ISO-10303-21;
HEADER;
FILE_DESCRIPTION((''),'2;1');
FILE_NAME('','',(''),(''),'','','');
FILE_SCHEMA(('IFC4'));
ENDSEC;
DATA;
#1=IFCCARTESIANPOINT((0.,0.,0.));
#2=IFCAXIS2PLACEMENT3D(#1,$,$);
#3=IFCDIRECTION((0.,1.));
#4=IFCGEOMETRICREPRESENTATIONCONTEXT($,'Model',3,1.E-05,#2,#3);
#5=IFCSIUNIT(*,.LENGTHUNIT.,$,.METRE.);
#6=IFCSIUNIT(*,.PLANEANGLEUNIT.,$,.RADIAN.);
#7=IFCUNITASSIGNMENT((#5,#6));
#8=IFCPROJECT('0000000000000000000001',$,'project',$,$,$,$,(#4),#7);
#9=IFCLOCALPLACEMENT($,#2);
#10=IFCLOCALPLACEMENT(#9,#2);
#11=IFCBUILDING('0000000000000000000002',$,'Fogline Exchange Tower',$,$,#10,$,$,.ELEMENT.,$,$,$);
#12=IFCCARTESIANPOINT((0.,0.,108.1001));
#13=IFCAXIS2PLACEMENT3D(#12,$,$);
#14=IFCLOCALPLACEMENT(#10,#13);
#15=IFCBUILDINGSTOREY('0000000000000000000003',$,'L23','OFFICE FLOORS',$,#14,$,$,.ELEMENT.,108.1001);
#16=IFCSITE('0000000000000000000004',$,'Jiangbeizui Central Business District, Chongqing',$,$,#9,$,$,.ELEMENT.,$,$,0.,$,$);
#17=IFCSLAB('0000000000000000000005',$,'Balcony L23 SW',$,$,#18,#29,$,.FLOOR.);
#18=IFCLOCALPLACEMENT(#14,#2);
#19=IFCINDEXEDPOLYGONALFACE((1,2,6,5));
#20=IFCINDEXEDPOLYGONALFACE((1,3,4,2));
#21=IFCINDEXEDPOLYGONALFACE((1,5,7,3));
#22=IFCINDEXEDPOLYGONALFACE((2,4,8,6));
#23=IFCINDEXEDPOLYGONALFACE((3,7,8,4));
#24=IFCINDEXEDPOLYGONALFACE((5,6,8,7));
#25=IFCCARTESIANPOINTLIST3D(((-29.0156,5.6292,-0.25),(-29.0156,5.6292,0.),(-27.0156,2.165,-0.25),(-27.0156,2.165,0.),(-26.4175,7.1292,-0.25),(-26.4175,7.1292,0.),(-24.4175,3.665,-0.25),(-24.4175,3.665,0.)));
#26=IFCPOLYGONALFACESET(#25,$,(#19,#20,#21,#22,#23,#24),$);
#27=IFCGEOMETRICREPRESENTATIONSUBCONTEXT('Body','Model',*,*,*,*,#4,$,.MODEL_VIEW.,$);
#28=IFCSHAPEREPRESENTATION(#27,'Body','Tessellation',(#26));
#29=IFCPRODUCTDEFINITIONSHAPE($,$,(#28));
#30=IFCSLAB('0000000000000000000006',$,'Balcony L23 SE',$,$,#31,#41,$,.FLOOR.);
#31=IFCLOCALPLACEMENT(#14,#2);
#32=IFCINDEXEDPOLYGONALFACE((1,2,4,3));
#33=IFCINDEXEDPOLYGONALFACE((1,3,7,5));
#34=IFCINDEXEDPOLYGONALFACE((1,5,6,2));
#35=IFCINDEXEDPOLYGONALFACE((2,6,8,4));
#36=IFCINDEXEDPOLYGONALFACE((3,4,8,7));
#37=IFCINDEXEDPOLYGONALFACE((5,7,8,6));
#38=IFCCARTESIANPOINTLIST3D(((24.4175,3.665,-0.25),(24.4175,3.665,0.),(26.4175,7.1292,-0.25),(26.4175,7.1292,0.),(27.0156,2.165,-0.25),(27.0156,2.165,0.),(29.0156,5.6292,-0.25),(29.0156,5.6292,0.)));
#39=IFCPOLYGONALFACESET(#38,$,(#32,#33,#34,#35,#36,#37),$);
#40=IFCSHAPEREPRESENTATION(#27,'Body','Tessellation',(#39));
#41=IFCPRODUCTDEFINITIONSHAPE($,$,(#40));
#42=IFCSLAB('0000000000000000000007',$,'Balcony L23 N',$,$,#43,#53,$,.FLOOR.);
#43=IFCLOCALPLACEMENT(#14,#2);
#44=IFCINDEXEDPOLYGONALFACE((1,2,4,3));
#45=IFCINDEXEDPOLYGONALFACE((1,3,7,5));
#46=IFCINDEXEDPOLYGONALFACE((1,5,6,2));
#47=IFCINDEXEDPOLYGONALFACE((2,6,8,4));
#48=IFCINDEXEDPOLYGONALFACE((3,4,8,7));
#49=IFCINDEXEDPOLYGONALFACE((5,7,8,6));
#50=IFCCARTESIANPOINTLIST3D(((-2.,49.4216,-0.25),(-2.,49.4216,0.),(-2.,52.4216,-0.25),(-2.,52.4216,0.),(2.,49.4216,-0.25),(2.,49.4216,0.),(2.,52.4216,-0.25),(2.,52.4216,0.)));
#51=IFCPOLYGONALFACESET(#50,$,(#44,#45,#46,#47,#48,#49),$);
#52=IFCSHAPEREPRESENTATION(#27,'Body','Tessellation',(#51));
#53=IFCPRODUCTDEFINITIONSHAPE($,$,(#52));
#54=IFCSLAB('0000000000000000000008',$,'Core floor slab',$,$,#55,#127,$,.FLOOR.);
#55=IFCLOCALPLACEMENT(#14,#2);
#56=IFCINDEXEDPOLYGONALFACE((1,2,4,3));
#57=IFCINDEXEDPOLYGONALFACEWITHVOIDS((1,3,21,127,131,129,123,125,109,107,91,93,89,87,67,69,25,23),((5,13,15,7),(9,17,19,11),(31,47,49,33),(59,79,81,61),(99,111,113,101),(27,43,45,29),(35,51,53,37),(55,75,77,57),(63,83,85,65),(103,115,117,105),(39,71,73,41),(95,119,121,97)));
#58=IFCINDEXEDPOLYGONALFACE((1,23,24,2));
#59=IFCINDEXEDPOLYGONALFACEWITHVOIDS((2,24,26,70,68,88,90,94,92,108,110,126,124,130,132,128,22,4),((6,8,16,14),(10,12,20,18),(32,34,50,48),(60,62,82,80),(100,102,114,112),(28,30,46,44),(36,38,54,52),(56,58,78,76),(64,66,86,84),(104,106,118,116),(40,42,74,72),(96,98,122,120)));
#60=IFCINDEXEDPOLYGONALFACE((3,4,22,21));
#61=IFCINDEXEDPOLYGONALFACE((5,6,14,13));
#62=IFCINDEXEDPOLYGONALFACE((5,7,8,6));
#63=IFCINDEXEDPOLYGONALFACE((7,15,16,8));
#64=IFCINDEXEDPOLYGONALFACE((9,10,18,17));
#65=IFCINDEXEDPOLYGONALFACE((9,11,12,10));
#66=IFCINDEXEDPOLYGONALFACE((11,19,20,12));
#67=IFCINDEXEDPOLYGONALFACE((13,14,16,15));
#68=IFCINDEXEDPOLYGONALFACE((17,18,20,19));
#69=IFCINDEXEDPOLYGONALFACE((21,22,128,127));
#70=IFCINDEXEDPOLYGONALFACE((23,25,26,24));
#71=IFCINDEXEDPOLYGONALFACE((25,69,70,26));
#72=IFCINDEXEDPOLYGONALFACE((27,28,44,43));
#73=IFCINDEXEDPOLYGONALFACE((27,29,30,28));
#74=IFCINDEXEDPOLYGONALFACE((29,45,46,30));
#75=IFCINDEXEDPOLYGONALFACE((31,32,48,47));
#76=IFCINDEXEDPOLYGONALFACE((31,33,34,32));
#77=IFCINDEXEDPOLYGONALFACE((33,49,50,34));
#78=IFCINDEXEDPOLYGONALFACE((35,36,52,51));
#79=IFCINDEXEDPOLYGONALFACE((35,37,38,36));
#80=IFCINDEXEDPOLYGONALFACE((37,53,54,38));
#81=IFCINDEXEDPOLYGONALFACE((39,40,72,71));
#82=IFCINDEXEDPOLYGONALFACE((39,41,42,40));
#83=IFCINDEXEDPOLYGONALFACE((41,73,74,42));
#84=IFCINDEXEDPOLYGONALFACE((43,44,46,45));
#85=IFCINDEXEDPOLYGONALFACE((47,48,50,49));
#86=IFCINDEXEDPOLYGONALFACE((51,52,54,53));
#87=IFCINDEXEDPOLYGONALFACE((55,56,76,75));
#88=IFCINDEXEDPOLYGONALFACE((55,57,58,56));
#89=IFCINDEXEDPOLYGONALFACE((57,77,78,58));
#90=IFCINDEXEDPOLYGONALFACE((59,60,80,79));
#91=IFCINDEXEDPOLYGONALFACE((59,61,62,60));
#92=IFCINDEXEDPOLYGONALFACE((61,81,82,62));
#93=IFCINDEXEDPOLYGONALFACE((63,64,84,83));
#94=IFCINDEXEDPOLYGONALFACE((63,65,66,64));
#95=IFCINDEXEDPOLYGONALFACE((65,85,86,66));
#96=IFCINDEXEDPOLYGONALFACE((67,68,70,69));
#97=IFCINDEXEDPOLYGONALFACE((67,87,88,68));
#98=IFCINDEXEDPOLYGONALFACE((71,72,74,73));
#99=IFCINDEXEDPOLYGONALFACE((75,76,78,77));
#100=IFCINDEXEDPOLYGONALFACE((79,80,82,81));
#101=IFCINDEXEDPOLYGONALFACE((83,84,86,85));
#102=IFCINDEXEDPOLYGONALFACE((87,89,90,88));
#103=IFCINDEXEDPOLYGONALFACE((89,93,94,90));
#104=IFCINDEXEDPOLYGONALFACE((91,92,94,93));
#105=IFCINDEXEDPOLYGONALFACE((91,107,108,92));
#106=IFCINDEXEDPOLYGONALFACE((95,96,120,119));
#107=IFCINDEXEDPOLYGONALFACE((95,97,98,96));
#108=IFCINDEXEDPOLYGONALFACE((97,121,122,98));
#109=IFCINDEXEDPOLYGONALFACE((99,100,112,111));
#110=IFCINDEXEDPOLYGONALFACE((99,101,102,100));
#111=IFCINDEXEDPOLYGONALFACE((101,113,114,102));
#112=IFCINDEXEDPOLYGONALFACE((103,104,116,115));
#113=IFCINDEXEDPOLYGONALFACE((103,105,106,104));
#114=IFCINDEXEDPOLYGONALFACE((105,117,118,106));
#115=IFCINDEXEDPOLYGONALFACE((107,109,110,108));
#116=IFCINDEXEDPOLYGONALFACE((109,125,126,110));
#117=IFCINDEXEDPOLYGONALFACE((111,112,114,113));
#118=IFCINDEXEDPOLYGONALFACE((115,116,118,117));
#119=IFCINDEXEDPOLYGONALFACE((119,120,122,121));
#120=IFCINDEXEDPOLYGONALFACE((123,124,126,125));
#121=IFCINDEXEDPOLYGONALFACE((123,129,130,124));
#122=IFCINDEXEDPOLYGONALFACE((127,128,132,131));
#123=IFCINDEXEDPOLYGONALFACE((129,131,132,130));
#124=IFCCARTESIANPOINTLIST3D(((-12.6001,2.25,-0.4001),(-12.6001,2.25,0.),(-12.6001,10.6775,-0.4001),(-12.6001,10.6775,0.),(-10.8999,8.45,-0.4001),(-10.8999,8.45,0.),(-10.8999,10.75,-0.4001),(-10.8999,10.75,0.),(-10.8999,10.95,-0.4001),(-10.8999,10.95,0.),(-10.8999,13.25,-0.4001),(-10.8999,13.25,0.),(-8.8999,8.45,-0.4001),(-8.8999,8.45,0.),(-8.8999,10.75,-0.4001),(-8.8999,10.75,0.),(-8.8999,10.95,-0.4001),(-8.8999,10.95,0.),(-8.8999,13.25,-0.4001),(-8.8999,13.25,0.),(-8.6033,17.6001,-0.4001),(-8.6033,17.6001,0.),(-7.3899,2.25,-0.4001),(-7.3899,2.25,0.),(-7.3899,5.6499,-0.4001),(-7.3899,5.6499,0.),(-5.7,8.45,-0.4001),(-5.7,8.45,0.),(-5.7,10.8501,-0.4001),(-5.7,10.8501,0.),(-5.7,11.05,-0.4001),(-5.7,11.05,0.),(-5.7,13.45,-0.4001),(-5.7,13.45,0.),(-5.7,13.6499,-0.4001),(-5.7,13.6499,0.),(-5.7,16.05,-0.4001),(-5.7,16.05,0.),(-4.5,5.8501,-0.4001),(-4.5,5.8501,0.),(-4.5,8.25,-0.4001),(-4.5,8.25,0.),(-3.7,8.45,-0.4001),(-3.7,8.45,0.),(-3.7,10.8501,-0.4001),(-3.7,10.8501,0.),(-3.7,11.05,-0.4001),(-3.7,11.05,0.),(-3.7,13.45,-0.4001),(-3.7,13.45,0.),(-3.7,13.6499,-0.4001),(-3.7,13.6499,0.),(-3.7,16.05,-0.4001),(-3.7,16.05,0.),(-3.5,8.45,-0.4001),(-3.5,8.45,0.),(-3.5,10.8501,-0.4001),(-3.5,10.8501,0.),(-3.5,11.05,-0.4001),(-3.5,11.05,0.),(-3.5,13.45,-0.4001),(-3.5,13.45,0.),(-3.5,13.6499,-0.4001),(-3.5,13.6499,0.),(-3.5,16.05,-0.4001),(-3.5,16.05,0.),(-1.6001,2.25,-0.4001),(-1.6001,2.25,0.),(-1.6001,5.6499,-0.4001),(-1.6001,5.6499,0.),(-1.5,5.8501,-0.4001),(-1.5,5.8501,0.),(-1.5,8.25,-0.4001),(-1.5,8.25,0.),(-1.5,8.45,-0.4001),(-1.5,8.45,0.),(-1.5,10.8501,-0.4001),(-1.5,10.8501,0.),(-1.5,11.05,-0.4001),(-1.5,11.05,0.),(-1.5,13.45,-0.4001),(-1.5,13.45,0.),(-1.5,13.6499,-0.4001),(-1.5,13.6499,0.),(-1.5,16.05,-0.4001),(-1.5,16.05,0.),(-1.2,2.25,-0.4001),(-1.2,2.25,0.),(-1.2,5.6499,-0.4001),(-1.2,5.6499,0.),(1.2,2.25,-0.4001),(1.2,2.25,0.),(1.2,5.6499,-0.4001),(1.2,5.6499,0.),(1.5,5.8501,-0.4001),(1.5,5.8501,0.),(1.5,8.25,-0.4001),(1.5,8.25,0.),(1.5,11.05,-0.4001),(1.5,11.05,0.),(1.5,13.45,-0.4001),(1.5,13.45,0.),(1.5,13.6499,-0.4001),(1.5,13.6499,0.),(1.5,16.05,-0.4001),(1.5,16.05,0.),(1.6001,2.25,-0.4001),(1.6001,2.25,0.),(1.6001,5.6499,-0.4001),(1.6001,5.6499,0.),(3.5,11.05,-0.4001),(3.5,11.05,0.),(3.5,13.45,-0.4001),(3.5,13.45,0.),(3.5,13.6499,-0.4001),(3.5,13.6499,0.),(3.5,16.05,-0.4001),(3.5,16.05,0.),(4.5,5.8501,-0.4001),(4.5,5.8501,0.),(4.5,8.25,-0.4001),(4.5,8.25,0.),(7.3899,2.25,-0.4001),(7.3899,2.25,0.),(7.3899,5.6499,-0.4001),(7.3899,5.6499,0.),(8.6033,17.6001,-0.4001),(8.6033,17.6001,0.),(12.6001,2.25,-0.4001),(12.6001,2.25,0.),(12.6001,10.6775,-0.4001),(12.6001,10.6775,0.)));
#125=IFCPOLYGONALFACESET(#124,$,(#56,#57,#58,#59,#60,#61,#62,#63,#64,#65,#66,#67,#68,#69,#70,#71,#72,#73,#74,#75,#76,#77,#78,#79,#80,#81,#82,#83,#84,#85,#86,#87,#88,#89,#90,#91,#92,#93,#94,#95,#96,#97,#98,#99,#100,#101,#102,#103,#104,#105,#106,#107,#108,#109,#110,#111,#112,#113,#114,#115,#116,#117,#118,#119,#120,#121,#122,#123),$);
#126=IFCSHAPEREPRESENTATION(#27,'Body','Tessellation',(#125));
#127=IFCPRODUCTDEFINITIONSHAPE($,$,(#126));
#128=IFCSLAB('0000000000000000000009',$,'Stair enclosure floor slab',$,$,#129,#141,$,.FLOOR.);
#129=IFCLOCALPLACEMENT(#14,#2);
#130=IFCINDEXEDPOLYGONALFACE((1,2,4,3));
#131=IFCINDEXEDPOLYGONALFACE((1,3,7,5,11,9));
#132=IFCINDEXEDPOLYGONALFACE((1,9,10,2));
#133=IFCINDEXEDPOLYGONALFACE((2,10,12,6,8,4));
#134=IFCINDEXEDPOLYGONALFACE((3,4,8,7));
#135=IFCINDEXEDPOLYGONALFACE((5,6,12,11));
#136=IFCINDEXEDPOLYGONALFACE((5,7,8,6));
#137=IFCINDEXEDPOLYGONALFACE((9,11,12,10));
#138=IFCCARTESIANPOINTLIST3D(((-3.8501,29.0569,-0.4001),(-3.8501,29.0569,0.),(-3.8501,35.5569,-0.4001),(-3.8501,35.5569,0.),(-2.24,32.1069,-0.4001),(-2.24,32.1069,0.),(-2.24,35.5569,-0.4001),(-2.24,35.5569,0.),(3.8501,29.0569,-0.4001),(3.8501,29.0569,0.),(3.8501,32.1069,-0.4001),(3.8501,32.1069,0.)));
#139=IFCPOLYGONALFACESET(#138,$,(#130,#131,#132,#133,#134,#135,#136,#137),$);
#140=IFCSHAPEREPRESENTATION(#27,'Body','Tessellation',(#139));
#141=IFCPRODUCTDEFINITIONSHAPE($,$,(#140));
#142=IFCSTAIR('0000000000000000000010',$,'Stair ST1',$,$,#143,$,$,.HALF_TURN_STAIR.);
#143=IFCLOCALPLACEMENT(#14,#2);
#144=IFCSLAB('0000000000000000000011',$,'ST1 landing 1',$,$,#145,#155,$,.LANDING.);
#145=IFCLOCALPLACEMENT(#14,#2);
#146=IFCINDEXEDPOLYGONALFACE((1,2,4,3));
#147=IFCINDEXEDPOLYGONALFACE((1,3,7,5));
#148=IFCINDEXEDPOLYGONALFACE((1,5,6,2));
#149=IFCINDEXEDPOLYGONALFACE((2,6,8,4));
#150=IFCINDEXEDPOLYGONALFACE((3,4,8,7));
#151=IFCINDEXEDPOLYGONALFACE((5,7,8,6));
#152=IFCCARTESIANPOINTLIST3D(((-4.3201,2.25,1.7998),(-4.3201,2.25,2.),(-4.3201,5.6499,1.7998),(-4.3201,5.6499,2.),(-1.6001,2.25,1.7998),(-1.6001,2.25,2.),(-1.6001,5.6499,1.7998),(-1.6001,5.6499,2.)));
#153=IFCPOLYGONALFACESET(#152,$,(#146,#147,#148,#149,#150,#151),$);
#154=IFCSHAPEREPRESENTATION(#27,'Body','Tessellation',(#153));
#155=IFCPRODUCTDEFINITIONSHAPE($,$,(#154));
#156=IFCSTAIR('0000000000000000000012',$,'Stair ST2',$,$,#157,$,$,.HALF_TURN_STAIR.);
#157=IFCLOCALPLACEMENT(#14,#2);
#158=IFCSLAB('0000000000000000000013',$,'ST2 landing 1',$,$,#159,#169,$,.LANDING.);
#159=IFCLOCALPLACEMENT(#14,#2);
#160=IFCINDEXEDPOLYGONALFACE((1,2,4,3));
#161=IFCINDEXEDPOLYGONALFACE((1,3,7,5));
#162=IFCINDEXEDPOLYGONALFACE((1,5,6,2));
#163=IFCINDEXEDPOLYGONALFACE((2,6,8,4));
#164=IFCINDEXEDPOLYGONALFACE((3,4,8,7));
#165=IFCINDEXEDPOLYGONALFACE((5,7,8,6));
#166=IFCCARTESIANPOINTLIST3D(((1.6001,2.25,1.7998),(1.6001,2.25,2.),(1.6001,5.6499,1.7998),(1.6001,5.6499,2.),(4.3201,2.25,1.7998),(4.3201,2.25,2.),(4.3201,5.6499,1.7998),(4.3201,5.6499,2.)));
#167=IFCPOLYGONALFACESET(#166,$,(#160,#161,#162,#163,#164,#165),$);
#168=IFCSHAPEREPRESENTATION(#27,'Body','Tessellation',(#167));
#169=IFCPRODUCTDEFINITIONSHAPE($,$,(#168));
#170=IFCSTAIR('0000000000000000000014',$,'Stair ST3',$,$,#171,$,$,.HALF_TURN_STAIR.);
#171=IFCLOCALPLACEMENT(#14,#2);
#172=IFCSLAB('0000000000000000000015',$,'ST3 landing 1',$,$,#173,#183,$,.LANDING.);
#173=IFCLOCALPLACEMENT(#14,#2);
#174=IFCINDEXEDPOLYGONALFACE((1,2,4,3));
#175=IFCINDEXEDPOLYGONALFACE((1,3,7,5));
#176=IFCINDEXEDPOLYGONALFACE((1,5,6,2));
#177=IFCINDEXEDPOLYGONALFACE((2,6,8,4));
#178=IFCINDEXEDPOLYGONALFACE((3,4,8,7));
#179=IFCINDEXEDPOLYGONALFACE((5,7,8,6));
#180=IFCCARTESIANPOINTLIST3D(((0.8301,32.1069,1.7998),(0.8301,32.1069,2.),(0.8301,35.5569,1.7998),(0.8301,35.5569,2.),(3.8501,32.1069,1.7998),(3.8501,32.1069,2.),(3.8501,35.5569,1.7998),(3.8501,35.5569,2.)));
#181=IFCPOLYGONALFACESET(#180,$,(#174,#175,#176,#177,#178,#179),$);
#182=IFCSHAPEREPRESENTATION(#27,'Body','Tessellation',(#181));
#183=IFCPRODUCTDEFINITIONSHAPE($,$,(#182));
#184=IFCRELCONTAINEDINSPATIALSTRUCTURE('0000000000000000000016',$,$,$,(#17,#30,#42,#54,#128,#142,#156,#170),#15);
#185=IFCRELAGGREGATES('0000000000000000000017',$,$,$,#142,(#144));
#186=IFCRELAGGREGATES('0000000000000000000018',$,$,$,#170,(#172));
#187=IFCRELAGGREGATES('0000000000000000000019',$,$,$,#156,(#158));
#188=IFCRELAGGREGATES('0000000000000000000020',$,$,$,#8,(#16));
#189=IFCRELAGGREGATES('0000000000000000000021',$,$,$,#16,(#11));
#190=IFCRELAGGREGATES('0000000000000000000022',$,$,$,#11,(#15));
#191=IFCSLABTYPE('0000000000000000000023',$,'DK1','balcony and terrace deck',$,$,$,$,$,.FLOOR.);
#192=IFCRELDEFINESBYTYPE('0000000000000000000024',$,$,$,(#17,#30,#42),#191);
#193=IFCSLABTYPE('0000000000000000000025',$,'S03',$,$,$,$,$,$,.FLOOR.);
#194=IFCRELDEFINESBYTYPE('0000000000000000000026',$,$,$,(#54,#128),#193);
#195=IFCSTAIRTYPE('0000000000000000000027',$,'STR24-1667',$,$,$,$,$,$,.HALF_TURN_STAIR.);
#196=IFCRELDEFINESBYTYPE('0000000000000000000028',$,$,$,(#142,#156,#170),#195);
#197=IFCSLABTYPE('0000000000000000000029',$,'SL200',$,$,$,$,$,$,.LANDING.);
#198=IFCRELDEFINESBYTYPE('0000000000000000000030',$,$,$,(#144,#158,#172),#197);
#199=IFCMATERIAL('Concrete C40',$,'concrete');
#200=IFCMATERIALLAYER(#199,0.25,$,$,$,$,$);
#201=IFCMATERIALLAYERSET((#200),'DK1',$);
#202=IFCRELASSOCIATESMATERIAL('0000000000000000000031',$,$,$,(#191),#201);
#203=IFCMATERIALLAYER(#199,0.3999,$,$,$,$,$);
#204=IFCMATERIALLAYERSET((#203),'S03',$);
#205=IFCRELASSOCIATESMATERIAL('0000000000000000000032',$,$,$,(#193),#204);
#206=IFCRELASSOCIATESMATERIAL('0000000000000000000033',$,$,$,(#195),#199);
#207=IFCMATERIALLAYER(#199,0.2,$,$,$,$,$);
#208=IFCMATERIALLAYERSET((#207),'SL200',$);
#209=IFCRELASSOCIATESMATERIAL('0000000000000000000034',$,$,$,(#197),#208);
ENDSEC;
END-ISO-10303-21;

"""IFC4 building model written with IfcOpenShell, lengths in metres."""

from ifc_helpers import new_model, si_unit, direction, frame, origin, place, context, subcontext, project, spatial, polyline, outline, extrude, material, layer, layer_set, type_object, element, aggregate, save


model = new_model("IFC4")

# Units and contexts
model_context = context("Model", 3, precision=1e-05, world=origin(), true_north=direction((0.0, 1.0)))
body_context = subcontext(model_context, "Body", "Model", "MODEL_VIEW")
ifc_project = project(units=[si_unit("LENGTHUNIT", "METRE"), si_unit("PLANEANGLEUNIT", "RADIAN")], contexts=[model_context])

# Site, building, storey
site_placement = place(None, origin())
site = spatial("IfcSite", under=ifc_project, at=site_placement, Name="Jiangbeizui Central Business District, Chongqing", CompositionType="ELEMENT", RefElevation=0.0)
building_placement = place(site_placement, origin())
building = spatial("IfcBuilding", under=site, at=building_placement, Name="Fogline Exchange Tower", CompositionType="ELEMENT")
storey_placement = place(building_placement, frame((0.0, 0.0, 108.1001)))
storey = spatial("IfcBuildingStorey", under=building, at=storey_placement, Name="L23", Description="OFFICE FLOORS", CompositionType="ELEMENT", Elevation=108.1001)

# Slabs
ifc_material_1 = material(Name="Concrete C40", Category="concrete")
ifc_layer_1 = layer(ifc_material_1, 0.25)
ifc_layer_set_1 = layer_set([ifc_layer_1], Name="DK1")
slab_type_1 = type_object("IfcSlabType", Name="DK1", Description="balcony and terrace deck", PredefinedType="FLOOR", material=ifc_layer_set_1)
slab_1_placement = place(storey_placement, frame((0.0, 0.0, -0.25)))
element("IfcSlab", 1, at=slab_1_placement, inside=storey, type_object=slab_type_1, Name="Balcony L23 SW", PredefinedType="FLOOR", context=body_context, shape_type="SweptSolid", body=[
    extrude(outline(polyline([(-29.0156, 5.6292), (-27.0156, 2.165), (-24.4175, 3.665), (-26.4175, 7.1292), (-29.0156, 5.6292)])), origin(), (0.0, 0.0, 1.0), 0.25),
])
slab_2_placement = place(storey_placement, frame((0.0, 0.0, -0.25)))
element("IfcSlab", 2, at=slab_2_placement, inside=storey, type_object=slab_type_1, Name="Balcony L23 SE", PredefinedType="FLOOR", context=body_context, shape_type="SweptSolid", body=[
    extrude(outline(polyline([(27.0156, 2.165), (29.0156, 5.6292), (26.4175, 7.1292), (24.4175, 3.665), (27.0156, 2.165)])), origin(), (0.0, 0.0, 1.0), 0.25),
])
slab_3_placement = place(storey_placement, frame((0.0, 0.0, -0.25)))
element("IfcSlab", 3, at=slab_3_placement, inside=storey, type_object=slab_type_1, Name="Balcony L23 N", PredefinedType="FLOOR", context=body_context, shape_type="SweptSolid", body=[
    extrude(outline(polyline([(2.0, 52.4216), (-2.0, 52.4216), (-2.0, 49.4216), (2.0, 49.4216), (2.0, 52.4216)])), origin(), (0.0, 0.0, 1.0), 0.25),
])
ifc_layer_2 = layer(ifc_material_1, 0.3999)
ifc_layer_set_2 = layer_set([ifc_layer_2], Name="S03")
slab_type_2 = type_object("IfcSlabType", Name="S03", PredefinedType="FLOOR", material=ifc_layer_set_2)
slab_4_placement = place(storey_placement, frame((0.0, 0.0, -0.4001)))
element("IfcSlab", 4, at=slab_4_placement, inside=storey, type_object=slab_type_2, Name="Core floor slab", PredefinedType="FLOOR", context=body_context, shape_type="SweptSolid", body=[
    extrude(outline(polyline([(-12.6001, 2.25), (-12.6001, 10.6775), (-8.6033, 17.6001), (8.6033, 17.6001), (12.6001, 10.6775), (12.6001, 2.25), (7.3899, 2.25), (7.3899, 5.6499), (1.6001, 5.6499), (1.6001, 2.25), (1.2, 2.25), (1.2, 5.6499), (-1.2, 5.6499), (-1.2, 2.25), (-1.6001, 2.25), (-1.6001, 5.6499), (-7.3899, 5.6499), (-7.3899, 2.25), (-12.6001, 2.25)]), holes=[polyline([(-1.5, 8.25), (-4.5, 8.25), (-4.5, 5.8501), (-1.5, 5.8501), (-1.5, 8.25)]), polyline([(-8.8999, 10.75), (-10.8999, 10.75), (-10.8999, 8.45), (-8.8999, 8.45), (-8.8999, 10.75)]), polyline([(-3.7, 10.8501), (-5.7, 10.8501), (-5.7, 8.45), (-3.7, 8.45), (-3.7, 10.8501)]), polyline([(-1.5, 10.8501), (-3.5, 10.8501), (-3.5, 8.45), (-1.5, 8.45), (-1.5, 10.8501)]), polyline([(-8.8999, 13.25), (-10.8999, 13.25), (-10.8999, 10.95), (-8.8999, 10.95), (-8.8999, 13.25)]), polyline([(-3.7, 13.45), (-5.7, 13.45), (-5.7, 11.05), (-3.7, 11.05), (-3.7, 13.45)]), polyline([(-3.7, 16.05), (-5.7, 16.05), (-5.7, 13.6499), (-3.7, 13.6499), (-3.7, 16.05)]), polyline([(4.5, 8.25), (1.5, 8.25), (1.5, 5.8501), (4.5, 5.8501), (4.5, 8.25)]), polyline([(-1.5, 13.45), (-3.5, 13.45), (-3.5, 11.05), (-1.5, 11.05), (-1.5, 13.45)]), polyline([(3.5, 13.45), (1.5, 13.45), (1.5, 11.05), (3.5, 11.05), (3.5, 13.45)]), polyline([(-1.5, 16.05), (-3.5, 16.05), (-3.5, 13.6499), (-1.5, 13.6499), (-1.5, 16.05)]), polyline([(3.5, 16.05), (1.5, 16.05), (1.5, 13.6499), (3.5, 13.6499), (3.5, 16.05)])]), origin(), (0.0, 0.0, 1.0), 0.4001),
])
slab_5_placement = place(storey_placement, frame((0.0, 0.0, -0.4001)))
element("IfcSlab", 5, at=slab_5_placement, inside=storey, type_object=slab_type_2, Name="Stair enclosure floor slab", PredefinedType="FLOOR", context=body_context, shape_type="SweptSolid", body=[
    extrude(outline(polyline([(3.8501, 29.0569), (-3.8501, 29.0569), (-3.8501, 35.5569), (-2.24, 35.5569), (-2.24, 32.1069), (3.8501, 32.1069), (3.8501, 29.0569)])), origin(), (0.0, 0.0, 1.0), 0.4001),
])

# Stairs, slabs
stair_type = type_object("IfcStairType", Name="STR24-1667", PredefinedType="HALF_TURN_STAIR", material=ifc_material_1)
stair_1_placement = place(storey_placement, origin())
stair_1 = element("IfcStair", 6, at=stair_1_placement, inside=storey, type_object=stair_type, Name="Stair ST1", PredefinedType="HALF_TURN_STAIR")
ifc_layer_3 = layer(ifc_material_1, 0.2)
ifc_layer_set_3 = layer_set([ifc_layer_3], Name="SL200")
slab_type_3 = type_object("IfcSlabType", Name="SL200", PredefinedType="LANDING", material=ifc_layer_set_3)
slab_6_placement = place(storey_placement, frame((0.0, 0.0, 1.7998)))
slab_6 = element("IfcSlab", 7, at=slab_6_placement, type_object=slab_type_3, Name="ST1 landing 1", PredefinedType="LANDING", context=body_context, shape_type="SweptSolid", body=[
    extrude(outline(polyline([(-4.3201, 2.25), (-1.6001, 2.25), (-1.6001, 5.6499), (-4.3201, 5.6499), (-4.3201, 2.25)])), origin(), (0.0, 0.0, 1.0), 0.2002),
])
aggregate(stair_1, [slab_6])
stair_2_placement = place(storey_placement, origin())
stair_2 = element("IfcStair", 8, at=stair_2_placement, inside=storey, type_object=stair_type, Name="Stair ST2", PredefinedType="HALF_TURN_STAIR")
slab_7_placement = place(storey_placement, frame((0.0, 0.0, 1.7998)))
slab_7 = element("IfcSlab", 9, at=slab_7_placement, type_object=slab_type_3, Name="ST2 landing 1", PredefinedType="LANDING", context=body_context, shape_type="SweptSolid", body=[
    extrude(outline(polyline([(1.6001, 2.25), (4.3201, 2.25), (4.3201, 5.6499), (1.6001, 5.6499), (1.6001, 2.25)])), origin(), (0.0, 0.0, 1.0), 0.2002),
])
stair_3_placement = place(storey_placement, origin())
stair_3 = element("IfcStair", 10, at=stair_3_placement, inside=storey, type_object=stair_type, Name="Stair ST3", PredefinedType="HALF_TURN_STAIR")
slab_8_placement = place(storey_placement, frame((0.0, 0.0, 1.7998)))
slab_8 = element("IfcSlab", 11, at=slab_8_placement, type_object=slab_type_3, Name="ST3 landing 1", PredefinedType="LANDING", context=body_context, shape_type="SweptSolid", body=[
    extrude(outline(polyline([(0.8301, 32.1069), (3.8501, 32.1069), (3.8501, 35.5569), (0.8301, 35.5569), (0.8301, 32.1069)])), origin(), (0.0, 0.0, 1.0), 0.2002),
])
aggregate(stair_3, [slab_8])

aggregate(stair_2, [slab_7])

save(model, "model.ifc")
